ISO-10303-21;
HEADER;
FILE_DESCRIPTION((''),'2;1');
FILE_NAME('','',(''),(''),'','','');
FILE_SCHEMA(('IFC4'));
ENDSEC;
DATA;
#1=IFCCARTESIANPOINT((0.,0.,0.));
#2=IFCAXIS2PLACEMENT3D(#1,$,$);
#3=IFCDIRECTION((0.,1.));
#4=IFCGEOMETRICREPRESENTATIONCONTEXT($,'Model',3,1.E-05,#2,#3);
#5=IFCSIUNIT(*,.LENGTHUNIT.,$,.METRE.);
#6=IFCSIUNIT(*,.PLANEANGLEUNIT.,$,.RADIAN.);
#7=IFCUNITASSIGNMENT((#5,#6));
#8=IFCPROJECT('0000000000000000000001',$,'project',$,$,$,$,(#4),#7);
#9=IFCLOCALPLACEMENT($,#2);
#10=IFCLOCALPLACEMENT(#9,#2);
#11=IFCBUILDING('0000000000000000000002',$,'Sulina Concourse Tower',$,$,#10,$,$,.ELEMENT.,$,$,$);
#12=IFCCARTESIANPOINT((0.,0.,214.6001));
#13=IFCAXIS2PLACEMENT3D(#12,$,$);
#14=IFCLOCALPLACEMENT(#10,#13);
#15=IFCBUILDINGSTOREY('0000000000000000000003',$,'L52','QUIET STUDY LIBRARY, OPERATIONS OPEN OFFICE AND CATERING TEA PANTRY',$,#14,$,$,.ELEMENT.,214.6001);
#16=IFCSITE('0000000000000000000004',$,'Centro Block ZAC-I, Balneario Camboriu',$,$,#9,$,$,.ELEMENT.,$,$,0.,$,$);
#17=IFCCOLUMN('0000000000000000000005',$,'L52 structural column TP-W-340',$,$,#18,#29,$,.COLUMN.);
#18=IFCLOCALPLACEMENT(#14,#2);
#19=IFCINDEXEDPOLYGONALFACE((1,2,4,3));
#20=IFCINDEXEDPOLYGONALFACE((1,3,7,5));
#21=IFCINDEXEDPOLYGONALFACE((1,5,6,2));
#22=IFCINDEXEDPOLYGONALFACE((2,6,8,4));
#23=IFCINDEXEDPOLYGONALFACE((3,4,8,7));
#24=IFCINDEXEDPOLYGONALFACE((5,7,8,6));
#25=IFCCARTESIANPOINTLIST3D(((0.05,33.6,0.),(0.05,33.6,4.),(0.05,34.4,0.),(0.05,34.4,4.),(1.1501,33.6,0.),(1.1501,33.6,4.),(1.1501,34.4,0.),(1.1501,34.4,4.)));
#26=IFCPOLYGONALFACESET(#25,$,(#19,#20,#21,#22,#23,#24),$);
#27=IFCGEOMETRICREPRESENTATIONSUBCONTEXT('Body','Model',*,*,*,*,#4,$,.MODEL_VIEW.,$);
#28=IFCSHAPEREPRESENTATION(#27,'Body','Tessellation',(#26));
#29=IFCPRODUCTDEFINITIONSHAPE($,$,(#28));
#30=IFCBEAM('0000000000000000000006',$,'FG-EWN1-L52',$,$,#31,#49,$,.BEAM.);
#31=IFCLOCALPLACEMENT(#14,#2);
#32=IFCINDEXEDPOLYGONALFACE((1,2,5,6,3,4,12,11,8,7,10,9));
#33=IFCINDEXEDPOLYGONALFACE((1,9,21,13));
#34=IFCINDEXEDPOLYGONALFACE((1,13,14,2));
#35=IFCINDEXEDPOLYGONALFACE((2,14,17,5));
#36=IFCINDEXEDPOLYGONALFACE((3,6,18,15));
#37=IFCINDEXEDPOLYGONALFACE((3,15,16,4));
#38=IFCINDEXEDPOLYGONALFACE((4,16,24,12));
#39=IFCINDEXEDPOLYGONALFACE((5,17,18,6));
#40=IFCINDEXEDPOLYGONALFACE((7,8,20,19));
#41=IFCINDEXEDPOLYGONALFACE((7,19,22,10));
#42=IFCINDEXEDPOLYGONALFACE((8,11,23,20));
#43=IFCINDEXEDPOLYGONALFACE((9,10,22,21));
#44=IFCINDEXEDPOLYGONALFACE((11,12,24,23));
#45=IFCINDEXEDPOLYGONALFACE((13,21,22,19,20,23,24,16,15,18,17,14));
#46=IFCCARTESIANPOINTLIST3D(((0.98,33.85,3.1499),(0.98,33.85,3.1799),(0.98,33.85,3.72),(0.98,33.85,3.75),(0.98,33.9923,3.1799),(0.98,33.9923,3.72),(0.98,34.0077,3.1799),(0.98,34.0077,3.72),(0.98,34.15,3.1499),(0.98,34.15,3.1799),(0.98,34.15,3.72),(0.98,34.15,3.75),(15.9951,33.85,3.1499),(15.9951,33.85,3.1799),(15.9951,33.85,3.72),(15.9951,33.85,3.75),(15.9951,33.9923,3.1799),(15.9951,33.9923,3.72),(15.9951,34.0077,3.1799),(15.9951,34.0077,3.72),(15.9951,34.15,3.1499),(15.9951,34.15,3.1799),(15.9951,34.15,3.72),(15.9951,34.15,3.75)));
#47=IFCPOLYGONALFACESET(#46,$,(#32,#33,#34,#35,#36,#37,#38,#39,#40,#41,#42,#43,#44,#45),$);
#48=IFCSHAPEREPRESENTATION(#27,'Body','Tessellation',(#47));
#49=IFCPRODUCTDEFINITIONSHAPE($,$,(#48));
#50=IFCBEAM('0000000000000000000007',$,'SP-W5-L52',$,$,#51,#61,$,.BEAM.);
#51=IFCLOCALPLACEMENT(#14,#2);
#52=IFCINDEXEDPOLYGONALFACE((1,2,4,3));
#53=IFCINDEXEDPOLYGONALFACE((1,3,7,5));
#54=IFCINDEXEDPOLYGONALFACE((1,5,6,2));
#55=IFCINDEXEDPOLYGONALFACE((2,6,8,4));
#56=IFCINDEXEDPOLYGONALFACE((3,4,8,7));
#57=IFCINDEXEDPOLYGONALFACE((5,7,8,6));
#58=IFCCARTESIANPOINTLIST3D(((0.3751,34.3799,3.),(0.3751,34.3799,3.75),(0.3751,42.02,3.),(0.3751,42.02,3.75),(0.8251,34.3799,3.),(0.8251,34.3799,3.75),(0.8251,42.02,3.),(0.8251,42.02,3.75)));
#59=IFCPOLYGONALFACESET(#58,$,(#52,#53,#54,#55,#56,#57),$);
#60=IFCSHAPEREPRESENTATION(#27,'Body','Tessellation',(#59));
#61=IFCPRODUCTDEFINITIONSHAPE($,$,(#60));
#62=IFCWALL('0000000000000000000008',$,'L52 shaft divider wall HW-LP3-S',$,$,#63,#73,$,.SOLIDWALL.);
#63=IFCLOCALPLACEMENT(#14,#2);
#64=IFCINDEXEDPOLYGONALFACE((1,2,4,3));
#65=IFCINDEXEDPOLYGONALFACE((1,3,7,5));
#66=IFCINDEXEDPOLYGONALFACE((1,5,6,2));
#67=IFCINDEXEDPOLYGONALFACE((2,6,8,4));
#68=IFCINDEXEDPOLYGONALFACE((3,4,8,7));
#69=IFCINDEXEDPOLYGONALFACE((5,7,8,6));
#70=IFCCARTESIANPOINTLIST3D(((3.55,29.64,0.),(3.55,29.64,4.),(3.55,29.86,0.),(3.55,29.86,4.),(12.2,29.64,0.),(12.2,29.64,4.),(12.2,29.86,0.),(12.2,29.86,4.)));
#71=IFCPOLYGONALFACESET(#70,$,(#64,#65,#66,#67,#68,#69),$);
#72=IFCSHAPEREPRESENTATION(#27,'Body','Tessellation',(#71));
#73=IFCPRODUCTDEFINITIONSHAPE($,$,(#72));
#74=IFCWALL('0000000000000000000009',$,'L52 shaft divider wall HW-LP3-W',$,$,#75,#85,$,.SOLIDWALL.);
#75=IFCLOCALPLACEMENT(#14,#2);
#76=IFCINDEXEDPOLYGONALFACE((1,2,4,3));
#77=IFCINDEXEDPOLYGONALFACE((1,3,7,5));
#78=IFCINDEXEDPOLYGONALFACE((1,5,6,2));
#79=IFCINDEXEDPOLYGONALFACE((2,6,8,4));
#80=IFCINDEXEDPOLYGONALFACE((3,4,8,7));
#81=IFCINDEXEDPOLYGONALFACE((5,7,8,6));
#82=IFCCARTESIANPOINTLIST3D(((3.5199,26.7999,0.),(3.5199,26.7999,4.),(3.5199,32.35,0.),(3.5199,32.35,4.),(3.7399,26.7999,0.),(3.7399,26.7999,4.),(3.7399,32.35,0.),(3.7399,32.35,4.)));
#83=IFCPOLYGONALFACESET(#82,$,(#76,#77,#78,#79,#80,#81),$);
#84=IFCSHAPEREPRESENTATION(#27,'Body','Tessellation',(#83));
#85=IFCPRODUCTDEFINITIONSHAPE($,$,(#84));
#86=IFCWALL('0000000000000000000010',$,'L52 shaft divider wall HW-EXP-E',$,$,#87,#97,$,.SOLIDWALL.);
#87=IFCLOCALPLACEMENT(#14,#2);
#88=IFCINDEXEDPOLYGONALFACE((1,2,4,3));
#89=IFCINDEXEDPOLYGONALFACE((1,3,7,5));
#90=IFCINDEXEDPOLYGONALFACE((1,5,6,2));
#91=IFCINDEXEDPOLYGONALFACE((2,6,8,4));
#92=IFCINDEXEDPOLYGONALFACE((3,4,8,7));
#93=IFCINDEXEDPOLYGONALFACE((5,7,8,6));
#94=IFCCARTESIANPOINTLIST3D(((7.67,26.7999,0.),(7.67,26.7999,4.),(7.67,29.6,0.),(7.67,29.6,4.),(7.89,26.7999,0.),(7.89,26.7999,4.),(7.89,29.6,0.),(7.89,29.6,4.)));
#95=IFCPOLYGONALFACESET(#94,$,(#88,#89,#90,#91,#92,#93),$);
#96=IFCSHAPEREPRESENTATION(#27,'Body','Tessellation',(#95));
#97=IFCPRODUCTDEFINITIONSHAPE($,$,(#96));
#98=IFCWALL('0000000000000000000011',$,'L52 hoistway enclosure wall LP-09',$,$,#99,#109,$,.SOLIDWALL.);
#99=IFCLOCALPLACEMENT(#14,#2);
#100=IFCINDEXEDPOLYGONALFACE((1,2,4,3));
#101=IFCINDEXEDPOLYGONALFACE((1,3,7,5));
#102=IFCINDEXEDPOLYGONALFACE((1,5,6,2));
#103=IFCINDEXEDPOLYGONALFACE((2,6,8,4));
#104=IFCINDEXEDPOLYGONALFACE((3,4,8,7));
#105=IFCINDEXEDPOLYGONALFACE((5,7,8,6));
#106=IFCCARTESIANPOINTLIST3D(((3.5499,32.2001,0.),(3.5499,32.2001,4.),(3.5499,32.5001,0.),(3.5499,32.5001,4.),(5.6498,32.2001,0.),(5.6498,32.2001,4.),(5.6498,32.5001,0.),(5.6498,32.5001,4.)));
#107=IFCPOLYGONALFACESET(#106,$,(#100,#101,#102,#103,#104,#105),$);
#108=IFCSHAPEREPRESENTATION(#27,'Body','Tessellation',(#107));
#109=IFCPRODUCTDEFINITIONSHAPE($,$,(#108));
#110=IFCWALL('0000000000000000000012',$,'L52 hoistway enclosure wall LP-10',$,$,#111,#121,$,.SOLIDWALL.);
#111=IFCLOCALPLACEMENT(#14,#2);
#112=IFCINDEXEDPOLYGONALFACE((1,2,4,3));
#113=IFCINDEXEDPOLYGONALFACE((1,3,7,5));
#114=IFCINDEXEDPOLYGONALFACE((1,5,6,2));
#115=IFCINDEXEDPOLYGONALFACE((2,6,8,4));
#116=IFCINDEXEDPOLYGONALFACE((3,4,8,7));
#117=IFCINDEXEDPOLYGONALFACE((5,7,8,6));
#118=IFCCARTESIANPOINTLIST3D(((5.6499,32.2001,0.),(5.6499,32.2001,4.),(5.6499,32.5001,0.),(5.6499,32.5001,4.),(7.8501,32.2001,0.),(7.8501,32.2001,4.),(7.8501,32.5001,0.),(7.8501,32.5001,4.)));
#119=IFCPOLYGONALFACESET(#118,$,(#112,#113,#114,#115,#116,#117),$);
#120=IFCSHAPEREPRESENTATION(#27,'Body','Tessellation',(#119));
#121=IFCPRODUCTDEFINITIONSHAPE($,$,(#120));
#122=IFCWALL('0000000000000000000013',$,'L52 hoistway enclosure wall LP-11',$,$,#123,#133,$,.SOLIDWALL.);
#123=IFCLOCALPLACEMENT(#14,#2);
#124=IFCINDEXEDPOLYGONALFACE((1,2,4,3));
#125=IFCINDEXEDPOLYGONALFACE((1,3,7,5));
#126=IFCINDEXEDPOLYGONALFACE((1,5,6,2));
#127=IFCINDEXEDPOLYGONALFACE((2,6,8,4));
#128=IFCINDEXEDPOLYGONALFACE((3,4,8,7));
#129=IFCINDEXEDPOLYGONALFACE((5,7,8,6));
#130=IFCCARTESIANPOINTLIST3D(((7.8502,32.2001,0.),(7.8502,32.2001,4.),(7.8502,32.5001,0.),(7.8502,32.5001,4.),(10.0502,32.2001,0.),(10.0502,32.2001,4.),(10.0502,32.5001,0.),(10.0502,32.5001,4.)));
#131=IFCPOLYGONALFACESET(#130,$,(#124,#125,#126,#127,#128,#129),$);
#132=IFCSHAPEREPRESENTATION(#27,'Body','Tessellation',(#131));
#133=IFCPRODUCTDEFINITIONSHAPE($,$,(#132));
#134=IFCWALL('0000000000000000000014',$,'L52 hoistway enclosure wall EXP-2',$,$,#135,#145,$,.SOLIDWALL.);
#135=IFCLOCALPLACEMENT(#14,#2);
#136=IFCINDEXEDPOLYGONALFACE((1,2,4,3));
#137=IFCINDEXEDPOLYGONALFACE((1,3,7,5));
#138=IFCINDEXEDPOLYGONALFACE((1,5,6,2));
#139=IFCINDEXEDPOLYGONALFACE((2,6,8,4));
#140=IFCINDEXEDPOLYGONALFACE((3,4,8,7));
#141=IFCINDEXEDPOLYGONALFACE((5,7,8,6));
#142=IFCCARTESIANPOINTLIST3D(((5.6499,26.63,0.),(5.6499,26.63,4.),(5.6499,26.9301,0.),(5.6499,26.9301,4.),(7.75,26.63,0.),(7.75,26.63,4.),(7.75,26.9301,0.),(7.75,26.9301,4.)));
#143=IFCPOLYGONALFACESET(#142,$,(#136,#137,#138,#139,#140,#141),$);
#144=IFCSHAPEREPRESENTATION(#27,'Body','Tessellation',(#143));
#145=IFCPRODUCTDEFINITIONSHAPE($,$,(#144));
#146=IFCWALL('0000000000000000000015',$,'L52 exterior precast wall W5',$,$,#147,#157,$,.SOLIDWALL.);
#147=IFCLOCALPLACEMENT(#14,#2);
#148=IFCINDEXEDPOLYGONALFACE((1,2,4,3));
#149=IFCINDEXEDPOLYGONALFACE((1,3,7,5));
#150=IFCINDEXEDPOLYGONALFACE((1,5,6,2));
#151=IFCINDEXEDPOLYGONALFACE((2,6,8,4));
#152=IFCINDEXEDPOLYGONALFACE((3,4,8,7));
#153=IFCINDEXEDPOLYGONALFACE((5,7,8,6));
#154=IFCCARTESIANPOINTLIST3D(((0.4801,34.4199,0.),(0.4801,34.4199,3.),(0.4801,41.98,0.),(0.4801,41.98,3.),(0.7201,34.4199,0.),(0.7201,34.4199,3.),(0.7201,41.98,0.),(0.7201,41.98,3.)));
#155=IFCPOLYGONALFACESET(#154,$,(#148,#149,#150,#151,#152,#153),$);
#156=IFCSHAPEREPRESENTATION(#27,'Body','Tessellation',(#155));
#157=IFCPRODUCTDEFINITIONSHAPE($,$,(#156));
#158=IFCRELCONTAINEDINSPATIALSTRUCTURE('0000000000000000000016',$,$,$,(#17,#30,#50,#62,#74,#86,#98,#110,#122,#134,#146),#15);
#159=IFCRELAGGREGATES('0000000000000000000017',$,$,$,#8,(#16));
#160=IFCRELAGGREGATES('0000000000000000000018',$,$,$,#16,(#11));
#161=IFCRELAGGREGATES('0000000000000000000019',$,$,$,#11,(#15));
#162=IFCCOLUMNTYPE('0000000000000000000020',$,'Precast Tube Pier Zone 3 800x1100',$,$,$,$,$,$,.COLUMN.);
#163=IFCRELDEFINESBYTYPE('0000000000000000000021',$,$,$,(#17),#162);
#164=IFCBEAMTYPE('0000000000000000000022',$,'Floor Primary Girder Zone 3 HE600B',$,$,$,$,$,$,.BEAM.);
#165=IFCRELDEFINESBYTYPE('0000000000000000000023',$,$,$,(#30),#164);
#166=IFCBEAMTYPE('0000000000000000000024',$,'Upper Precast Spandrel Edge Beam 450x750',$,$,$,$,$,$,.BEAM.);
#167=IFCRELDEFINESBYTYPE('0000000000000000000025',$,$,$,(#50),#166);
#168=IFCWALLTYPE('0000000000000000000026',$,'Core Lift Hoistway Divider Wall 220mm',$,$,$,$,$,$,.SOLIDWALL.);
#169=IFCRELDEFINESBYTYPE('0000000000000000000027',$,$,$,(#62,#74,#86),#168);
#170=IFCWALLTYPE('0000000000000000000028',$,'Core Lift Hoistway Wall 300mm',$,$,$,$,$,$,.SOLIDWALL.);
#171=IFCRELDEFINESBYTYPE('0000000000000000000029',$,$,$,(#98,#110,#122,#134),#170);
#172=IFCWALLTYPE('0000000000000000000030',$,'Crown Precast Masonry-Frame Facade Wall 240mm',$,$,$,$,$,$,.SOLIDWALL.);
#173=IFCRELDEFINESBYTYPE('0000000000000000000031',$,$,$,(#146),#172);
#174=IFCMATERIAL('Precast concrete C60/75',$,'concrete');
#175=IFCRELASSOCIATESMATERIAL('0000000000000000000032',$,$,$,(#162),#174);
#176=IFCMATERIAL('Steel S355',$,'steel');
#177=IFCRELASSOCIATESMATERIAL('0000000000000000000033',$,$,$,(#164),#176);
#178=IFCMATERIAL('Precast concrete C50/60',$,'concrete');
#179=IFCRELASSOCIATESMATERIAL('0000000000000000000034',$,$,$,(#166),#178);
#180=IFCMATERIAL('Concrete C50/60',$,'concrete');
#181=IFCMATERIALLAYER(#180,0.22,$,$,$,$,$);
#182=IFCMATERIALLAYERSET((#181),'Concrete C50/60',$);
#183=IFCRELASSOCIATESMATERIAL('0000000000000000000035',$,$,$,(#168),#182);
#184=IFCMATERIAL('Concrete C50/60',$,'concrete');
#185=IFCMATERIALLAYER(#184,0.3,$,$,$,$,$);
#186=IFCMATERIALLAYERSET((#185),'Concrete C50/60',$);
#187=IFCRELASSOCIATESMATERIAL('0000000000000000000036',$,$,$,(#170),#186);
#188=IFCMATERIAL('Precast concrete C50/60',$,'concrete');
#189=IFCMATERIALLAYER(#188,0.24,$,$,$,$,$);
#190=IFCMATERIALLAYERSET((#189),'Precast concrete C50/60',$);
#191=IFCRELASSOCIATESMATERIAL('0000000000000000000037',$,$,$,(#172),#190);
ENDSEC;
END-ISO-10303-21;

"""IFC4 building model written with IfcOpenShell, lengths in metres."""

from ifc_helpers import new_model, si_unit, direction, frame, frame_2d, origin, origin_2d, place, context, subcontext, project, spatial, rectangle, i_section, extrude, material, layer, layer_set, material_profile, profile_set, type_object, element, save


model = new_model("IFC4")

# Units and contexts
model_context = context("Model", 3, precision=1e-05, world=origin(), true_north=direction((0.0, 1.0)))
body_context = subcontext(model_context, "Body", "Model", "MODEL_VIEW")
ifc_project = project(units=[si_unit("LENGTHUNIT", "METRE"), si_unit("PLANEANGLEUNIT", "RADIAN")], contexts=[model_context])

# Site, building, storey
site_placement = place(None, origin())
site = spatial("IfcSite", under=ifc_project, at=site_placement, Name="Centro Block ZAC-I, Balneario Camboriu", CompositionType="ELEMENT", RefElevation=0.0)
building_placement = place(site_placement, origin())
building = spatial("IfcBuilding", under=site, at=building_placement, Name="Sulina Concourse Tower", CompositionType="ELEMENT")
storey_placement = place(building_placement, frame((0.0, 0.0, 214.6001)))
storey = spatial("IfcBuildingStorey", under=building, at=storey_placement, Name="L52", Description="QUIET STUDY LIBRARY, OPERATIONS OPEN OFFICE AND CATERING TEA PANTRY", CompositionType="ELEMENT", Elevation=214.6001)

# Column
ifc_material_1 = material(Name="Precast concrete C60/75", Category="concrete")
ifc_material_profile_1 = material_profile(ifc_material_1, rectangle(XDim=0.8, YDim=1.1001, at=origin_2d()), Name="PC 800x1100")
ifc_profile_set_1 = profile_set([ifc_material_profile_1], Name="Precast concrete C60/75")
column_type = type_object("IfcColumnType", Name="Precast Tube Pier Zone 3 800x1100", PredefinedType="COLUMN", material=ifc_profile_set_1)
column_placement = place(storey_placement, frame((0.6001, 34.0, 0.0), z_axis=(0.0, 0.0, 1.0), x_axis=(0.0, 1.0, 0.0)))
element("IfcColumn", 1, at=column_placement, inside=storey, type_object=column_type, Name="L52 structural column TP-W-340", PredefinedType="COLUMN", context=body_context, shape_type="SweptSolid", body=[
    extrude(rectangle(XDim=0.8, YDim=1.1001, at=origin_2d()), origin(), (0.0, 0.0, 1.0), 4.0),
])

# Beams
ifc_material_2 = material(Name="Steel S355", Category="steel")
ifc_material_profile_2 = material_profile(ifc_material_2, i_section(OverallWidth=0.3, OverallDepth=0.6001, WebThickness=0.0154, FlangeThickness=0.03, at=origin_2d()), Name="HE 600 B")
ifc_profile_set_2 = profile_set([ifc_material_profile_2], Name="Steel S355")
beam_type_1 = type_object("IfcBeamType", Name="Floor Primary Girder Zone 3 HE600B", PredefinedType="BEAM", material=ifc_profile_set_2)
beam_1_placement = place(storey_placement, frame((0.98, 34.0, 3.45), z_axis=(1.0, 0.0, 0.0), x_axis=(0.0, 1.0, 0.0)))
element("IfcBeam", 2, at=beam_1_placement, inside=storey, type_object=beam_type_1, Name="FG-EWN1-L52", PredefinedType="BEAM", context=body_context, shape_type="SweptSolid", body=[
    extrude(i_section(OverallWidth=0.3, OverallDepth=0.6001, WebThickness=0.0154, FlangeThickness=0.03, at=origin_2d()), origin(), (0.0, 0.0, 1.0), 15.0151),
])
ifc_material_3 = material(Name="Precast concrete C50/60", Category="concrete")
ifc_material_profile_3 = material_profile(ifc_material_3, rectangle(XDim=0.45, YDim=0.75, at=origin_2d()), Name="RC 450x750")
ifc_profile_set_3 = profile_set([ifc_material_profile_3], Name="Precast concrete C50/60")
beam_type_2 = type_object("IfcBeamType", Name="Upper Precast Spandrel Edge Beam 450x750", PredefinedType="BEAM", material=ifc_profile_set_3)
beam_2_placement = place(storey_placement, frame((0.6001, 34.3799, 3.375), z_axis=(0.0, 1.0, 0.0), x_axis=(-1.0, 0.0, 0.0)))
element("IfcBeam", 3, at=beam_2_placement, inside=storey, type_object=beam_type_2, Name="SP-W5-L52", PredefinedType="BEAM", context=body_context, shape_type="SweptSolid", body=[
    extrude(rectangle(XDim=0.45, YDim=0.75, at=origin_2d()), origin(), (0.0, 0.0, 1.0), 7.6401),
])

# Walls
ifc_material_4 = material(Name="Concrete C50/60", Category="concrete")
ifc_layer_1 = layer(ifc_material_4, 0.22)
ifc_layer_set_1 = layer_set([ifc_layer_1], Name="Concrete C50/60")
wall_type_1 = type_object("IfcWallType", Name="Core Lift Hoistway Divider Wall 220mm", PredefinedType="SOLIDWALL", material=ifc_layer_set_1)
wall_1_placement = place(storey_placement, frame((3.55, 29.75, 0.0), z_axis=(0.0, 0.0, 1.0), x_axis=(1.0, 0.0, 0.0)))
element("IfcWall", 4, at=wall_1_placement, inside=storey, type_object=wall_type_1, Name="L52 shaft divider wall HW-LP3-S", PredefinedType="SOLIDWALL", context=body_context, shape_type="SweptSolid", body=[
    extrude(rectangle(XDim=8.6499, YDim=0.22, at=frame_2d((4.325, 0.0))), origin(), (0.0, 0.0, 1.0), 4.0),
])
wall_2_placement = place(storey_placement, frame((3.6299, 26.8, 0.0), z_axis=(0.0, 0.0, 1.0), x_axis=(0.0, 1.0, 0.0)))
element("IfcWall", 5, at=wall_2_placement, inside=storey, type_object=wall_type_1, Name="L52 shaft divider wall HW-LP3-W", PredefinedType="SOLIDWALL", context=body_context, shape_type="SweptSolid", body=[
    extrude(rectangle(XDim=5.55, YDim=0.22, at=frame_2d((2.7749, 0.0))), origin(), (0.0, 0.0, 1.0), 4.0),
])
wall_3_placement = place(storey_placement, frame((7.78, 26.8, 0.0), z_axis=(0.0, 0.0, 1.0), x_axis=(0.0, 1.0, 0.0)))
element("IfcWall", 6, at=wall_3_placement, inside=storey, type_object=wall_type_1, Name="L52 shaft divider wall HW-EXP-E", PredefinedType="SOLIDWALL", context=body_context, shape_type="SweptSolid", body=[
    extrude(rectangle(XDim=2.8, YDim=0.22, at=frame_2d((1.3999, 0.0))), origin(), (0.0, 0.0, 1.0), 4.0),
])
ifc_material_5 = material(Name="Concrete C50/60", Category="concrete")
ifc_layer_2 = layer(ifc_material_5, 0.3)
ifc_layer_set_2 = layer_set([ifc_layer_2], Name="Concrete C50/60")
wall_type_2 = type_object("IfcWallType", Name="Core Lift Hoistway Wall 300mm", PredefinedType="SOLIDWALL", material=ifc_layer_set_2)
wall_4_placement = place(storey_placement, frame((3.55, 32.3501, 0.0), z_axis=(0.0, 0.0, 1.0), x_axis=(1.0, 0.0, 0.0)))
element("IfcWall", 7, at=wall_4_placement, inside=storey, type_object=wall_type_2, Name="L52 hoistway enclosure wall LP-09", PredefinedType="SOLIDWALL", context=body_context, shape_type="SweptSolid", body=[
    extrude(rectangle(XDim=2.0999, YDim=0.3, at=frame_2d((1.0498, 0.0))), origin(), (0.0, 0.0, 1.0), 4.0),
])
wall_5_placement = place(storey_placement, frame((5.6499, 32.3501, 0.0), z_axis=(0.0, 0.0, 1.0), x_axis=(1.0, 0.0, 0.0)))
element("IfcWall", 8, at=wall_5_placement, inside=storey, type_object=wall_type_2, Name="L52 hoistway enclosure wall LP-10", PredefinedType="SOLIDWALL", context=body_context, shape_type="SweptSolid", body=[
    extrude(rectangle(XDim=2.2002, YDim=0.3, at=frame_2d((1.1001, 0.0))), origin(), (0.0, 0.0, 1.0), 4.0),
])
wall_6_placement = place(storey_placement, frame((7.8501, 32.3501, 0.0), z_axis=(0.0, 0.0, 1.0), x_axis=(1.0, 0.0, 0.0)))
element("IfcWall", 9, at=wall_6_placement, inside=storey, type_object=wall_type_2, Name="L52 hoistway enclosure wall LP-11", PredefinedType="SOLIDWALL", context=body_context, shape_type="SweptSolid", body=[
    extrude(rectangle(XDim=2.2, YDim=0.3, at=frame_2d((1.1001, 0.0))), origin(), (0.0, 0.0, 1.0), 4.0),
])
wall_7_placement = place(storey_placement, frame((7.75, 26.78, 0.0), z_axis=(0.0, 0.0, 1.0), x_axis=(-1.0, 0.0, 0.0)))
element("IfcWall", 10, at=wall_7_placement, inside=storey, type_object=wall_type_2, Name="L52 hoistway enclosure wall EXP-2", PredefinedType="SOLIDWALL", context=body_context, shape_type="SweptSolid", body=[
    extrude(rectangle(XDim=2.1001, YDim=0.3, at=frame_2d((1.05, 0.0))), origin(), (0.0, 0.0, 1.0), 4.0),
])
ifc_material_6 = material(Name="Precast concrete C50/60", Category="concrete")
ifc_layer_3 = layer(ifc_material_6, 0.24)
ifc_layer_set_3 = layer_set([ifc_layer_3], Name="Precast concrete C50/60")
wall_type_3 = type_object("IfcWallType", Name="Crown Precast Masonry-Frame Facade Wall 240mm", PredefinedType="SOLIDWALL", material=ifc_layer_set_3)
wall_8_placement = place(storey_placement, frame((0.6001, 34.4199, 0.0), z_axis=(0.0, 0.0, 1.0), x_axis=(0.0, 1.0, 0.0)))
element("IfcWall", 11, at=wall_8_placement, inside=storey, type_object=wall_type_3, Name="L52 exterior precast wall W5", PredefinedType="SOLIDWALL", context=body_context, shape_type="SweptSolid", body=[
    extrude(rectangle(XDim=7.5601, YDim=0.24, at=frame_2d((3.78, 0.0))), origin(), (0.0, 0.0, 1.0), 3.0),
])

save(model, "model.ifc")
